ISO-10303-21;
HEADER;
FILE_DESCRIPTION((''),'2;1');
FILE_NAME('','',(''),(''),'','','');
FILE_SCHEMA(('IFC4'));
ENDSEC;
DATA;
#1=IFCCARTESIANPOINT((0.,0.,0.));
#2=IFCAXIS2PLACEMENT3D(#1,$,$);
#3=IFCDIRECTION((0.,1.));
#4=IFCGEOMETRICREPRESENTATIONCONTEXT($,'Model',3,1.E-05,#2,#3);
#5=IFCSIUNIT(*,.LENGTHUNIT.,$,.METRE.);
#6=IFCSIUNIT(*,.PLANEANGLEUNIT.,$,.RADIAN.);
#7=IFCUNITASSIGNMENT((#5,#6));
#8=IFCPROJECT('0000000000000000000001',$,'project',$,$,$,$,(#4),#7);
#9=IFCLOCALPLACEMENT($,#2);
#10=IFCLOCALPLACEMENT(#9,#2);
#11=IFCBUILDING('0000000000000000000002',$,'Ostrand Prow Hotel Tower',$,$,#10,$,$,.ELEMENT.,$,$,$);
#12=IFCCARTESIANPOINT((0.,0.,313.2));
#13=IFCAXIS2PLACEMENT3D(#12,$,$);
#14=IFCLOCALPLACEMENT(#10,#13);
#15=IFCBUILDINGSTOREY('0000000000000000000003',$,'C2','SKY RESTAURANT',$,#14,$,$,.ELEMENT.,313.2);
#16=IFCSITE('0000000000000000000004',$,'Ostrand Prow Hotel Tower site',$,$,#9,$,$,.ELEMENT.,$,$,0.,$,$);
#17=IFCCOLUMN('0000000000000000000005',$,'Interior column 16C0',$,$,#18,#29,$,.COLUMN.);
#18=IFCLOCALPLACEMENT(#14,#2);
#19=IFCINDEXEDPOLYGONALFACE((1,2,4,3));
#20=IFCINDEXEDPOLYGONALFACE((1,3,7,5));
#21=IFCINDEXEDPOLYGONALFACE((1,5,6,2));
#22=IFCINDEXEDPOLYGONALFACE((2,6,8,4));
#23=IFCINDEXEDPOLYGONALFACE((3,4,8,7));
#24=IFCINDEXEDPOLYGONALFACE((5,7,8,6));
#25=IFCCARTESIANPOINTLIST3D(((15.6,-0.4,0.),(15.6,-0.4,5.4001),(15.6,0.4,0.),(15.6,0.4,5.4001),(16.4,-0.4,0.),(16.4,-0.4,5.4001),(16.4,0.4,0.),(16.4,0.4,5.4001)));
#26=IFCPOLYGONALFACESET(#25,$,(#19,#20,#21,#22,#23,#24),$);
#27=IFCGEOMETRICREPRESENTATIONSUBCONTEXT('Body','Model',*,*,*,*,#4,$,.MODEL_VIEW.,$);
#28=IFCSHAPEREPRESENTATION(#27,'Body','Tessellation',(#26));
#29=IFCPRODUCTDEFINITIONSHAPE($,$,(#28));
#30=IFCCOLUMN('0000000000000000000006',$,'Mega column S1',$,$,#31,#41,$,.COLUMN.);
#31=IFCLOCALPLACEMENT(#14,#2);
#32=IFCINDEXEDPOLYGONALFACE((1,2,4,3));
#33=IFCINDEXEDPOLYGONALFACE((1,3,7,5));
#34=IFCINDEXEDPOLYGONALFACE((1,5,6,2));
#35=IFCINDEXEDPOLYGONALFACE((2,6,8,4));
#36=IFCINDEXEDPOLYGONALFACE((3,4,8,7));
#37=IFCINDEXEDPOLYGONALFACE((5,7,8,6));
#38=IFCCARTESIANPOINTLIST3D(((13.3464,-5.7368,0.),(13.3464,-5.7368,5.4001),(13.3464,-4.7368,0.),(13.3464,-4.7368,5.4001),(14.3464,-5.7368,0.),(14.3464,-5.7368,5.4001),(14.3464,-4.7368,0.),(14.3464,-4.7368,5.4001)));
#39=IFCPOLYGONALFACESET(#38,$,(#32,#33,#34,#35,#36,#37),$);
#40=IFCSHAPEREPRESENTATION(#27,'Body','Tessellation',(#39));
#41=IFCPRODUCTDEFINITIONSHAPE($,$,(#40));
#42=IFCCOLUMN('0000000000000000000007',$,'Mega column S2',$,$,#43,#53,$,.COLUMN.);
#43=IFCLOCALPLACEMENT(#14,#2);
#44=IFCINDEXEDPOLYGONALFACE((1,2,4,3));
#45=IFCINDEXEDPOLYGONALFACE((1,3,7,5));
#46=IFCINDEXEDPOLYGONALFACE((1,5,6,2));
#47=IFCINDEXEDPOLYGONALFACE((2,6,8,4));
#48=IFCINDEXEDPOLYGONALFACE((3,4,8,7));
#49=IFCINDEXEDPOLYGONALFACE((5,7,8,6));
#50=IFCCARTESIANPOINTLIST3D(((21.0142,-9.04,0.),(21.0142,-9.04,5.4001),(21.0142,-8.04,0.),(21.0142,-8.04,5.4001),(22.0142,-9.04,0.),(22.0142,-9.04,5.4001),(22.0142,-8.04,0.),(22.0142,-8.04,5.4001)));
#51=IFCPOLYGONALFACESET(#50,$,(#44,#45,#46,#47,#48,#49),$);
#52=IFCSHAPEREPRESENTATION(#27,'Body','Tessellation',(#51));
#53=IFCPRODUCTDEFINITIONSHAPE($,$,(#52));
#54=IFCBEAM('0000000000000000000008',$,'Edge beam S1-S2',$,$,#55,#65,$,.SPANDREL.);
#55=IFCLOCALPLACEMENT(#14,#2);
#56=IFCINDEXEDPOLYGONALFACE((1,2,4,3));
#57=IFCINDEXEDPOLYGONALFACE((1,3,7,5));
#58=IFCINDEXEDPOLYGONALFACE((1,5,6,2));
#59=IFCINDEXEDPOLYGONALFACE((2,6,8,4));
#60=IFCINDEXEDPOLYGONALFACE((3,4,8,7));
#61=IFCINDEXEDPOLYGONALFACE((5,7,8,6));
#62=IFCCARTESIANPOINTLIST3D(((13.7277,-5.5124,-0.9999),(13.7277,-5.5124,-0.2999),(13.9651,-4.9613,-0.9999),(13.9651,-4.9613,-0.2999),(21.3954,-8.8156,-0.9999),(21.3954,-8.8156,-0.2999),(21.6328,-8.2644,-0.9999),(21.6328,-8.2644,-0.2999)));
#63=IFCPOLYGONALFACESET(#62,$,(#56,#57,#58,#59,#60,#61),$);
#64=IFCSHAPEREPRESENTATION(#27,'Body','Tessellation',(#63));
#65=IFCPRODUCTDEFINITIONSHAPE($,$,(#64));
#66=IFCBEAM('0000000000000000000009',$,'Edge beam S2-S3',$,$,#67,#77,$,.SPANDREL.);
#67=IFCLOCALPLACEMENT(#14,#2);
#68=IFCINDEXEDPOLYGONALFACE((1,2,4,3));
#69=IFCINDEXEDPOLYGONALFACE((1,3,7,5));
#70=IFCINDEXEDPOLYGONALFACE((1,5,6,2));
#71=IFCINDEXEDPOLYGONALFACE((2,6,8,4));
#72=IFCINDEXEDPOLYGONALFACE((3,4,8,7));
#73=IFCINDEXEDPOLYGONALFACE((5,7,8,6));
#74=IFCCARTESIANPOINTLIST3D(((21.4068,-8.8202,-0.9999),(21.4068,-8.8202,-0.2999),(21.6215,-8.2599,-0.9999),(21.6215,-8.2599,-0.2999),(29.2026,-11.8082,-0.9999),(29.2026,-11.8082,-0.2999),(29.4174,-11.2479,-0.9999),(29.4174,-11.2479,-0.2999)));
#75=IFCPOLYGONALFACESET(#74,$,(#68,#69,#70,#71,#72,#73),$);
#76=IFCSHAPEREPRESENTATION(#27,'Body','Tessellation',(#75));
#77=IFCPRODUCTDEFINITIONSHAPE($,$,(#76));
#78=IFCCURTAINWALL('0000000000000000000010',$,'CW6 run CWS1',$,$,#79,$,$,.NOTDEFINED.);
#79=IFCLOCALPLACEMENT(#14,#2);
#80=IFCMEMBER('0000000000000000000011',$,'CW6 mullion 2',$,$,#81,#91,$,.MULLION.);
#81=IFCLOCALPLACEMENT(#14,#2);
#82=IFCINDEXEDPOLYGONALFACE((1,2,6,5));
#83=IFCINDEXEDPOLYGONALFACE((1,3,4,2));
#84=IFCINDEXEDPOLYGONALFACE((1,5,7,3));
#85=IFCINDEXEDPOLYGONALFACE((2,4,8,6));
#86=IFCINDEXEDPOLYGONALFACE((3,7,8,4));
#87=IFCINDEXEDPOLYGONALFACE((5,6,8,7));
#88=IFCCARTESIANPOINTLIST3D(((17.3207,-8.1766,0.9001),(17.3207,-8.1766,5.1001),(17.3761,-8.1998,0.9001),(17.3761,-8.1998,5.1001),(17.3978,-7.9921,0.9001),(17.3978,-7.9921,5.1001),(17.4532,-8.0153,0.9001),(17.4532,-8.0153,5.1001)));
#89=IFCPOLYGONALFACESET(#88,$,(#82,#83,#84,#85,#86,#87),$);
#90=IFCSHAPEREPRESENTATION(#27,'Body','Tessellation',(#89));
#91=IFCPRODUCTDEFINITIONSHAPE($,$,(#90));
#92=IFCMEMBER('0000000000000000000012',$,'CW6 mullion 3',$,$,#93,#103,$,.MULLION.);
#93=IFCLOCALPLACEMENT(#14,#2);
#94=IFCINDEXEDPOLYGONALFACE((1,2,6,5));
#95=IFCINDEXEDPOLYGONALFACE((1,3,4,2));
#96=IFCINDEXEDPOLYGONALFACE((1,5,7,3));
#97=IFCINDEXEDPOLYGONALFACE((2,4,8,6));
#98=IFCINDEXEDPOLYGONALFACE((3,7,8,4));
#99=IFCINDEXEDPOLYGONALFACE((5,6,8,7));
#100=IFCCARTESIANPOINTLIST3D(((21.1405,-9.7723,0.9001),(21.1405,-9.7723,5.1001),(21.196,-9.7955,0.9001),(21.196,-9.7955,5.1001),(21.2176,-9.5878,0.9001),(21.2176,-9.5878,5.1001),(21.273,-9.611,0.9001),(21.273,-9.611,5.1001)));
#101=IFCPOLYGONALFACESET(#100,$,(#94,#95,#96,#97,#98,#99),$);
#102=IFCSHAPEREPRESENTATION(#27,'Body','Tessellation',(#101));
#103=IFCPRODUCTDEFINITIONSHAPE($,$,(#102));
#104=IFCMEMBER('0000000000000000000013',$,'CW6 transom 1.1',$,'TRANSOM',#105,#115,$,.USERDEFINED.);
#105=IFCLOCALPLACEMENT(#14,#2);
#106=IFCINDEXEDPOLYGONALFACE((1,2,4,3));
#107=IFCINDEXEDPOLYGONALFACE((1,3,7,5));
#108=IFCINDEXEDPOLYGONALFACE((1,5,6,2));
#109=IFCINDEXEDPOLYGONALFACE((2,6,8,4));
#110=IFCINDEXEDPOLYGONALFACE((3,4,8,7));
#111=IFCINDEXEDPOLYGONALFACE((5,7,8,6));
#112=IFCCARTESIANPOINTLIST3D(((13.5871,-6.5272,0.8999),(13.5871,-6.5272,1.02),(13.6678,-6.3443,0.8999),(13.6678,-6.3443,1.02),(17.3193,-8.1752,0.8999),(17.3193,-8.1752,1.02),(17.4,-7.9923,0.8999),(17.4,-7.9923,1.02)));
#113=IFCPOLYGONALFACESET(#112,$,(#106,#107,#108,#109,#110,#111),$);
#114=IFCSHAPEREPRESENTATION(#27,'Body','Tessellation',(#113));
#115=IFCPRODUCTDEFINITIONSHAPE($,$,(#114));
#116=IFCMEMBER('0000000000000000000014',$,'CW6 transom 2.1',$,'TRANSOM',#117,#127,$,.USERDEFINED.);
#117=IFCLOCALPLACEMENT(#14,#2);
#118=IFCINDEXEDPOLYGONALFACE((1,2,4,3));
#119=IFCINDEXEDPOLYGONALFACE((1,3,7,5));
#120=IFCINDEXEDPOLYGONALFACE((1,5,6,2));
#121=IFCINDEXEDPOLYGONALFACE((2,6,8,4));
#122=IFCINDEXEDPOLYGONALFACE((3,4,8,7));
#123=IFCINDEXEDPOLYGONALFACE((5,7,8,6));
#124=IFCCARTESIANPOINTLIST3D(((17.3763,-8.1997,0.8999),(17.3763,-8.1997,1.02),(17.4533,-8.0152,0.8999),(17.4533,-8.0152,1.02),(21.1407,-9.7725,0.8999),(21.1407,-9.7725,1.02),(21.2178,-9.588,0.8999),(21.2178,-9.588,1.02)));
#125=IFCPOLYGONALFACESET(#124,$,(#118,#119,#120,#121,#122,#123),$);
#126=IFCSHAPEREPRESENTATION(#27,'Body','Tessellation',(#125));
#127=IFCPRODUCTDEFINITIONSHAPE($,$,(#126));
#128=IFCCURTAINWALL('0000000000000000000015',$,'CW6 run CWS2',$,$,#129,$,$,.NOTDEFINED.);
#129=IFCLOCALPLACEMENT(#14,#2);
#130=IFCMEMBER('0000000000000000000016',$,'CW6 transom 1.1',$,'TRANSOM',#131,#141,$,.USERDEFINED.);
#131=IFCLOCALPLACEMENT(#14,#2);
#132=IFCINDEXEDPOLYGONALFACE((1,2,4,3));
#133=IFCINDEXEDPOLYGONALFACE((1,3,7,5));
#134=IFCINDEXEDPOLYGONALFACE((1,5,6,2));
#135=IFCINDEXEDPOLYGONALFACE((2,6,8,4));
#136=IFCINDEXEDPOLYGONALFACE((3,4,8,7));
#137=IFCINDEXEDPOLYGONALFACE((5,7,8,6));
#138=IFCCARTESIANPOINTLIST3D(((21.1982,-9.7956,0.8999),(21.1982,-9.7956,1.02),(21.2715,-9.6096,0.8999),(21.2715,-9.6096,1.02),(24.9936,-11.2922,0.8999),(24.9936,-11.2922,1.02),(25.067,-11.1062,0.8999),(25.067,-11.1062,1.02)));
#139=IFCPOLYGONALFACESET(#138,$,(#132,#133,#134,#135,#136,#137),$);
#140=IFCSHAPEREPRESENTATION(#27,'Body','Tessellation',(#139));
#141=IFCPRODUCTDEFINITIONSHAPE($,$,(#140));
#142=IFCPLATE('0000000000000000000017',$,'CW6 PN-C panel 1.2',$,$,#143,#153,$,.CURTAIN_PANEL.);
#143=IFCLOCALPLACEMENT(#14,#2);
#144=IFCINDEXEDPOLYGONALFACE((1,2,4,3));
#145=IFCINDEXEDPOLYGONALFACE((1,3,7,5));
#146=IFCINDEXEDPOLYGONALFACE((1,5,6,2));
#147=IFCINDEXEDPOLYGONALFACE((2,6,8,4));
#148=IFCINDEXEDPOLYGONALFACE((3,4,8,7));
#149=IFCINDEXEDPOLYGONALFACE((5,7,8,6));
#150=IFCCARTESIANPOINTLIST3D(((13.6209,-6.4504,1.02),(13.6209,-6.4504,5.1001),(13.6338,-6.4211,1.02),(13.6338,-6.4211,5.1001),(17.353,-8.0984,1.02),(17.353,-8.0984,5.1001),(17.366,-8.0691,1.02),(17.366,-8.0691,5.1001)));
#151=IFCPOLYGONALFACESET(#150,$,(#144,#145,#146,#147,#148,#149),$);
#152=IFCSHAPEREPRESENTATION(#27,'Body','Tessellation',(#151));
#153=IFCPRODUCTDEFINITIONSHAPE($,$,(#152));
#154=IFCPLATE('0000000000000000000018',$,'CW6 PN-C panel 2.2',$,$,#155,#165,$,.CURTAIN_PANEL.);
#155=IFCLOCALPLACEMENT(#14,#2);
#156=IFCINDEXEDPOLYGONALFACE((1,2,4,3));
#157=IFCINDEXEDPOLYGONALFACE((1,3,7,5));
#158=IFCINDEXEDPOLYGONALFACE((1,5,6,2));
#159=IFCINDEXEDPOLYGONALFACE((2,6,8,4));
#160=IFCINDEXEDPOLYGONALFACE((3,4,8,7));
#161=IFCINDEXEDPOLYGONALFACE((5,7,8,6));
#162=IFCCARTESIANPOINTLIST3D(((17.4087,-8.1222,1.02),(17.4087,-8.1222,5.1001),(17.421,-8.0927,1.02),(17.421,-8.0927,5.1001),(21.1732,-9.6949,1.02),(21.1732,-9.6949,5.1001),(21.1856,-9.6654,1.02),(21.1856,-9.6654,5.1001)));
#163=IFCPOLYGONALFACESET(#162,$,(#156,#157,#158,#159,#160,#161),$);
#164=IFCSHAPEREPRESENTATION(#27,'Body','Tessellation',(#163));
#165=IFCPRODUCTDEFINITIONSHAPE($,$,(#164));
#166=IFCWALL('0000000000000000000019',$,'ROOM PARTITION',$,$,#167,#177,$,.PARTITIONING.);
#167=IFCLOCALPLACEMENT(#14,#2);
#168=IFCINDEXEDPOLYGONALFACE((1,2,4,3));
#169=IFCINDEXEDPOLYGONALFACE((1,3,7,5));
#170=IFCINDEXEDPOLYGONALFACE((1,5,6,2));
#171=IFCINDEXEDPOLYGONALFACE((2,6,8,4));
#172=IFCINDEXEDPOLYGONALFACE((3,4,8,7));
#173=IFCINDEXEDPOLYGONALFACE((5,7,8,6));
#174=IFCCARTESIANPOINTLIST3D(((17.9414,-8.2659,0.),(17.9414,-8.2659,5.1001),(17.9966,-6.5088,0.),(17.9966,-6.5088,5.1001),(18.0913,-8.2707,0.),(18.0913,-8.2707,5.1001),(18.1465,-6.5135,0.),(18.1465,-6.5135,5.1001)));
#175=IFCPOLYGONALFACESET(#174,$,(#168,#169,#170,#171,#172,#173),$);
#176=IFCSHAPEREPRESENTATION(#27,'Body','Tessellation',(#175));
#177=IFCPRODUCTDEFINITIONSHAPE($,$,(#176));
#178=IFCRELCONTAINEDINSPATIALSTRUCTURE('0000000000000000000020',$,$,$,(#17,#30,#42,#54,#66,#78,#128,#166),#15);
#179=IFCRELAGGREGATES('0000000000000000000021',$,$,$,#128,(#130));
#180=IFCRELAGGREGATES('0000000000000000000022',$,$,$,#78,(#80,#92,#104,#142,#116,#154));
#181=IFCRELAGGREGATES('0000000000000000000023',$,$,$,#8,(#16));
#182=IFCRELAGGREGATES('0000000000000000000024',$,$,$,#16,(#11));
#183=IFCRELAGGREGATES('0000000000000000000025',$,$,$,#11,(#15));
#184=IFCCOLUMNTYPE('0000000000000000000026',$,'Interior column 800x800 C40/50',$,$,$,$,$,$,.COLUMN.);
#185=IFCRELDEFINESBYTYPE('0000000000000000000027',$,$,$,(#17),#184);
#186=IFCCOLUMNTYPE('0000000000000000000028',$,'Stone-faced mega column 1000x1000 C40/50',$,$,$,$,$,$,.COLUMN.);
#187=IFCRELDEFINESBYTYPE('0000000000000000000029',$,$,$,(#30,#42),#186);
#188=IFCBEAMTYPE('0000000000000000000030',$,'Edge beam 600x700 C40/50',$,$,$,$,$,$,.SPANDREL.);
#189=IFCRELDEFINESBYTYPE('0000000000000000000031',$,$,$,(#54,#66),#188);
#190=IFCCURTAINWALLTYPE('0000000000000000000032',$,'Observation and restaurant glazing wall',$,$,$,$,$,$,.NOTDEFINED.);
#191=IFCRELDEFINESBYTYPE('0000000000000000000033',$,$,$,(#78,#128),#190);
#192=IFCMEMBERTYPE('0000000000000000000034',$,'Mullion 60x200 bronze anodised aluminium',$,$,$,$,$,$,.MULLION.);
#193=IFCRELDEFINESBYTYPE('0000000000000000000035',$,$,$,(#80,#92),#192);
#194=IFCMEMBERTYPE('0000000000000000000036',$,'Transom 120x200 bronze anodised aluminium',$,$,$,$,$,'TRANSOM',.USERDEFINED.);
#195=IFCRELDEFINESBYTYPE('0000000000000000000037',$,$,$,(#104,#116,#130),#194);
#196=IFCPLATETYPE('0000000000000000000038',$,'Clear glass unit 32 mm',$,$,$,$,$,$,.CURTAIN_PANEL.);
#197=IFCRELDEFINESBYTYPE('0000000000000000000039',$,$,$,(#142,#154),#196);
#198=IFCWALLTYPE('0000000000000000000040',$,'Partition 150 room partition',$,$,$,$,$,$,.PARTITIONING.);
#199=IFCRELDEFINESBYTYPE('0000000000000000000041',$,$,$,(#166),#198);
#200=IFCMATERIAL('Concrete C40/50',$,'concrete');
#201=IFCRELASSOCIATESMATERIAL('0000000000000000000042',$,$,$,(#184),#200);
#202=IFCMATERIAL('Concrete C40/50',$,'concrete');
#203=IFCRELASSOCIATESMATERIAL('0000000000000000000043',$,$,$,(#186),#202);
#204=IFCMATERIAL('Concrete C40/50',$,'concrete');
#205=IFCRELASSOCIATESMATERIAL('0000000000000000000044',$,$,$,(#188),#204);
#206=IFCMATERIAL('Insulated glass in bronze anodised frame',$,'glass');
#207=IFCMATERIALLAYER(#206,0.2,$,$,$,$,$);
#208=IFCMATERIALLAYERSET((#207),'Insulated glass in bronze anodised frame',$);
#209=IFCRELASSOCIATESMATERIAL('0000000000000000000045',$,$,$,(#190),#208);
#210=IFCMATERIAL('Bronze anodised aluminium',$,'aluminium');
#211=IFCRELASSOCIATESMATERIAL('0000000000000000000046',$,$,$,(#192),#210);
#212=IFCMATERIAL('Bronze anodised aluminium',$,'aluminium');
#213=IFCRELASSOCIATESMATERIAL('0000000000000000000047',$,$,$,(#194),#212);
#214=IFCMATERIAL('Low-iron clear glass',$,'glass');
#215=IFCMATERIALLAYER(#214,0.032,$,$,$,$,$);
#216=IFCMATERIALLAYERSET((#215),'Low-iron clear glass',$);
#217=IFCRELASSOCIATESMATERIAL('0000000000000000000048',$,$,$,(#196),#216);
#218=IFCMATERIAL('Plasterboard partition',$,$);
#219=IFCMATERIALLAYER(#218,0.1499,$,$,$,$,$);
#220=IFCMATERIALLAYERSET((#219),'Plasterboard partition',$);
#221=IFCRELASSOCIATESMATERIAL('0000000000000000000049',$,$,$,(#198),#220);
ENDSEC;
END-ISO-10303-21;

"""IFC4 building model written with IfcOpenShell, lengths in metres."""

from ifc_helpers import new_model, si_unit, direction, frame, frame_2d, origin, origin_2d, place, context, subcontext, project, spatial, rectangle, extrude, material, layer, layer_set, material_profile, profile_set, type_object, element, aggregate, save


model = new_model("IFC4")

# Units and contexts
model_context = context("Model", 3, precision=1e-05, world=origin(), true_north=direction((0.0, 1.0)))
body_context = subcontext(model_context, "Body", "Model", "MODEL_VIEW")
ifc_project = project(units=[si_unit("LENGTHUNIT", "METRE"), si_unit("PLANEANGLEUNIT", "RADIAN")], contexts=[model_context])

# Site, building, storey
site_placement = place(None, origin())
site = spatial("IfcSite", under=ifc_project, at=site_placement, Name="Ostrand Prow Hotel Tower site", CompositionType="ELEMENT", RefElevation=0.0)
building_placement = place(site_placement, origin())
building = spatial("IfcBuilding", under=site, at=building_placement, Name="Ostrand Prow Hotel Tower", CompositionType="ELEMENT")
storey_placement = place(building_placement, frame((0.0, 0.0, 313.2)))
storey = spatial("IfcBuildingStorey", under=building, at=storey_placement, Name="C2", Description="SKY RESTAURANT", CompositionType="ELEMENT", Elevation=313.2)

# Columns
ifc_material_1 = material(Name="Concrete C40/50", Category="concrete")
ifc_material_profile_1 = material_profile(ifc_material_1, rectangle(XDim=0.8, YDim=0.8, at=origin_2d()), Name="RC 800x800")
ifc_profile_set_1 = profile_set([ifc_material_profile_1], Name="Concrete C40/50")
column_type_1 = type_object("IfcColumnType", Name="Interior column 800x800 C40/50", PredefinedType="COLUMN", material=ifc_profile_set_1)
column_placement = place(storey_placement, frame((16.0, 0.0, 0.0), z_axis=(0.0, 0.0, 1.0), x_axis=(1.0, 0.0, 0.0)))
element("IfcColumn", 1, at=column_placement, inside=storey, type_object=column_type_1, Name="Interior column 16C0", PredefinedType="COLUMN", context=body_context, shape_type="SweptSolid", body=[
    extrude(rectangle(XDim=0.8, YDim=0.8, at=origin_2d()), origin(), (0.0, 0.0, 1.0), 5.4001),
])
ifc_material_2 = material(Name="Concrete C40/50", Category="concrete")
ifc_material_profile_2 = material_profile(ifc_material_2, rectangle(XDim=1.0, YDim=1.0, at=origin_2d()), Name="RC 1000x1000")
ifc_profile_set_2 = profile_set([ifc_material_profile_2], Name="Concrete C40/50")
column_type_2 = type_object("IfcColumnType", Name="Stone-faced mega column 1000x1000 C40/50", PredefinedType="COLUMN", material=ifc_profile_set_2)
for number, where, z_axis, x_axis, name in (
    (2, (13.8464, -5.2368, 0.0), (0.0, 0.0, 1.0), (1.0, 0.0, 0.0), "Mega column S1"),
    (3, (21.5142, -8.54, 0.0), (0.0, 0.0, 1.0), (1.0, 0.0, 0.0), "Mega column S2"),
):
    element("IfcColumn", number, at=place(storey_placement, frame(where, z_axis=z_axis, x_axis=x_axis)), inside=storey, type_object=column_type_2, Name=name, PredefinedType="COLUMN", context=body_context, shape_type="SweptSolid", body=[
        extrude(rectangle(XDim=1.0, YDim=1.0, at=origin_2d()), origin(), (0.0, 0.0, 1.0), 5.4001),
    ])

# Beams
ifc_material_3 = material(Name="Concrete C40/50", Category="concrete")
ifc_material_profile_3 = material_profile(ifc_material_3, rectangle(XDim=0.6001, YDim=0.7, at=origin_2d()), Name="RC 600x700")
ifc_profile_set_3 = profile_set([ifc_material_profile_3], Name="Concrete C40/50")
beam_type = type_object("IfcBeamType", Name="Edge beam 600x700 C40/50", PredefinedType="SPANDREL", material=ifc_profile_set_3)
for number, where, z_axis, x_axis, name in (
    (4, (13.8464, -5.2368, -0.6499), (0.918404, -0.395644, 0.0), (0.395644, 0.918404, 0.0), "Edge beam S1-S2"),
    (5, (21.5142, -8.54, -0.6499), (0.933762, -0.357895, 0.0), (0.357895, 0.933762, 0.0), "Edge beam S2-S3"),
):
    element("IfcBeam", number, at=place(storey_placement, frame(where, z_axis=z_axis, x_axis=x_axis)), inside=storey, type_object=beam_type, Name=name, PredefinedType="SPANDREL", context=body_context, shape_type="SweptSolid", body=[
        extrude(rectangle(XDim=0.6001, YDim=0.7, at=origin_2d()), origin(), (0.0, 0.0, 1.0), 8.3489),
    ])

# Curtain wall, members
ifc_material_4 = material(Name="Insulated glass in bronze anodised frame", Category="glass")
ifc_layer_1 = layer(ifc_material_4, 0.2)
ifc_layer_set_1 = layer_set([ifc_layer_1], Name="Insulated glass in bronze anodised frame")
curtain_wall_type = type_object("IfcCurtainWallType", Name="Observation and restaurant glazing wall", PredefinedType="NOTDEFINED", material=ifc_layer_set_1)
curtain_wall_1_placement = place(storey_placement, origin())
curtain_wall_1 = element("IfcCurtainWall", 6, at=curtain_wall_1_placement, inside=storey, type_object=curtain_wall_type, Name="CW6 run CWS1", PredefinedType="NOTDEFINED")
ifc_material_5 = material(Name="Bronze anodised aluminium", Category="aluminium")
ifc_material_profile_4 = material_profile(ifc_material_5, rectangle(XDim=0.2, YDim=0.0601, at=origin_2d()), Name="Mullion 60x200 bronze anodised aluminium")
ifc_profile_set_4 = profile_set([ifc_material_profile_4], Name="Bronze anodised aluminium")
member_type_1 = type_object("IfcMemberType", Name="Mullion 60x200 bronze anodised aluminium", PredefinedType="MULLION", material=ifc_profile_set_4)
member_1_placement = place(storey_placement, frame((17.387, -8.0959, 0.9001), z_axis=(0.0, 0.0, 1.0), x_axis=(0.385471, 0.92272, 0.0)))
member_1 = element("IfcMember", 7, at=member_1_placement, type_object=member_type_1, Name="CW6 mullion 2", PredefinedType="MULLION", context=body_context, shape_type="SweptSolid", body=[
    extrude(rectangle(XDim=0.2, YDim=0.0601, at=origin_2d()), origin(), (0.0, 0.0, 1.0), 4.2),
])
member_2_placement = place(storey_placement, frame((21.2068, -9.6917, 0.9001), z_axis=(0.0, 0.0, 1.0), x_axis=(0.385471, 0.92272, 0.0)))
member_2 = element("IfcMember", 8, at=member_2_placement, type_object=member_type_1, Name="CW6 mullion 3", PredefinedType="MULLION", context=body_context, shape_type="SweptSolid", body=[
    extrude(rectangle(XDim=0.2, YDim=0.0601, at=origin_2d()), origin(), (0.0, 0.0, 1.0), 4.2),
])
ifc_material_6 = material(Name="Bronze anodised aluminium", Category="aluminium")
ifc_material_profile_5 = material_profile(ifc_material_6, rectangle(XDim=0.2, YDim=0.1201, at=origin_2d()), Name="Transom 120x200 bronze anodised aluminium")
ifc_profile_set_5 = profile_set([ifc_material_profile_5], Name="Bronze anodised aluminium")
member_type_2 = type_object("IfcMemberType", Name="Transom 120x200 bronze anodised aluminium", ElementType="TRANSOM", PredefinedType="USERDEFINED", material=ifc_profile_set_5)
member_3_placement = place(storey_placement, frame((13.6274, -6.4358, 0.96), z_axis=(0.914791, -0.403927, 0.0), x_axis=(0.403927, 0.914791, 0.0)))
member_3 = element("IfcMember", 9, at=member_3_placement, type_object=member_type_2, Name="CW6 transom 1.1", ObjectType="TRANSOM", PredefinedType="USERDEFINED", context=body_context, shape_type="SweptSolid", body=[
    extrude(rectangle(XDim=0.2, YDim=0.1201, at=origin_2d()), origin(), (0.0, 0.0, 1.0), 4.0798),
])
member_4_placement = place(storey_placement, frame((17.4148, -8.1074, 0.96), z_axis=(0.922706, -0.385503, 0.0), x_axis=(0.385503, 0.922706, 0.0)))
member_4 = element("IfcMember", 10, at=member_4_placement, type_object=member_type_2, Name="CW6 transom 2.1", ObjectType="TRANSOM", PredefinedType="USERDEFINED", context=body_context, shape_type="SweptSolid", body=[
    extrude(rectangle(XDim=0.2, YDim=0.1201, at=origin_2d()), origin(), (0.0, 0.0, 1.0), 4.0798),
])

# Curtain wall, member
curtain_wall_2_placement = place(storey_placement, origin())
curtain_wall_2 = element("IfcCurtainWall", 11, at=curtain_wall_2_placement, inside=storey, type_object=curtain_wall_type, Name="CW6 run CWS2", PredefinedType="NOTDEFINED")
member_5_placement = place(storey_placement, frame((21.2349, -9.7026, 0.96), z_axis=(0.93029, -0.366826, 0.0), x_axis=(0.366826, 0.93029, 0.0)))
member_5 = element("IfcMember", 12, at=member_5_placement, type_object=member_type_2, Name="CW6 transom 1.1", ObjectType="TRANSOM", PredefinedType="USERDEFINED", context=body_context, shape_type="SweptSolid", body=[
    extrude(rectangle(XDim=0.2, YDim=0.1201, at=origin_2d()), origin(), (0.0, 0.0, 1.0), 4.0798),
])
aggregate(curtain_wall_2, [member_5])

# Plates
ifc_material_7 = material(Name="Low-iron clear glass", Category="glass")
ifc_layer_2 = layer(ifc_material_7, 0.032)
ifc_layer_set_2 = layer_set([ifc_layer_2], Name="Low-iron clear glass")
plate_type = type_object("IfcPlateType", Name="Clear glass unit 32 mm", PredefinedType="CURTAIN_PANEL", material=ifc_layer_set_2)
plate_1_placement = place(storey_placement, frame((15.4934, -7.2598, 1.02), z_axis=(0.0, 0.0, 1.0), x_axis=(0.914786, -0.40394, 0.0)))
plate_1 = element("IfcPlate", 13, at=plate_1_placement, type_object=plate_type, Name="CW6 PN-C panel 1.2", PredefinedType="CURTAIN_PANEL", context=body_context, shape_type="SweptSolid", body=[
    extrude(rectangle(XDim=4.0798, YDim=0.032, at=origin_2d()), origin(), (0.0, 0.0, 1.0), 4.0801),
])
plate_2_placement = place(storey_placement, frame((19.2971, -8.8938, 1.02), z_axis=(0.0, 0.0, 1.0), x_axis=(0.92272, -0.385471, 0.0)))
plate_2 = element("IfcPlate", 14, at=plate_2_placement, type_object=plate_type, Name="CW6 PN-C panel 2.2", PredefinedType="CURTAIN_PANEL", context=body_context, shape_type="SweptSolid", body=[
    extrude(rectangle(XDim=4.0798, YDim=0.032, at=origin_2d()), origin(), (0.0, 0.0, 1.0), 4.0801),
])
aggregate(curtain_wall_1, [member_1, member_2, member_3, plate_1, member_4, plate_2])

# Wall
ifc_material_8 = material(Name="Plasterboard partition")
ifc_layer_3 = layer(ifc_material_8, 0.1499)
ifc_layer_set_3 = layer_set([ifc_layer_3], Name="Plasterboard partition")
wall_type_1 = type_object("IfcWallType", Name="Partition 150 room partition", PredefinedType="PARTITIONING", material=ifc_layer_set_3)
wall_1_placement = place(storey_placement, frame((18.0715, -6.5112, 0.0), z_axis=(0.0, 0.0, 1.0), x_axis=(-0.031387, -0.999507, 0.0)))
element("IfcWall", 15, at=wall_1_placement, inside=storey, type_object=wall_type_1, Name="ROOM PARTITION", PredefinedType="PARTITIONING", context=body_context, shape_type="SweptSolid", body=[
    extrude(rectangle(XDim=1.7581, YDim=0.1499, at=frame_2d((0.8789, 0.0))), origin(), (0.0, 0.0, 1.0), 5.1001),
])

save(model, "model.ifc")
